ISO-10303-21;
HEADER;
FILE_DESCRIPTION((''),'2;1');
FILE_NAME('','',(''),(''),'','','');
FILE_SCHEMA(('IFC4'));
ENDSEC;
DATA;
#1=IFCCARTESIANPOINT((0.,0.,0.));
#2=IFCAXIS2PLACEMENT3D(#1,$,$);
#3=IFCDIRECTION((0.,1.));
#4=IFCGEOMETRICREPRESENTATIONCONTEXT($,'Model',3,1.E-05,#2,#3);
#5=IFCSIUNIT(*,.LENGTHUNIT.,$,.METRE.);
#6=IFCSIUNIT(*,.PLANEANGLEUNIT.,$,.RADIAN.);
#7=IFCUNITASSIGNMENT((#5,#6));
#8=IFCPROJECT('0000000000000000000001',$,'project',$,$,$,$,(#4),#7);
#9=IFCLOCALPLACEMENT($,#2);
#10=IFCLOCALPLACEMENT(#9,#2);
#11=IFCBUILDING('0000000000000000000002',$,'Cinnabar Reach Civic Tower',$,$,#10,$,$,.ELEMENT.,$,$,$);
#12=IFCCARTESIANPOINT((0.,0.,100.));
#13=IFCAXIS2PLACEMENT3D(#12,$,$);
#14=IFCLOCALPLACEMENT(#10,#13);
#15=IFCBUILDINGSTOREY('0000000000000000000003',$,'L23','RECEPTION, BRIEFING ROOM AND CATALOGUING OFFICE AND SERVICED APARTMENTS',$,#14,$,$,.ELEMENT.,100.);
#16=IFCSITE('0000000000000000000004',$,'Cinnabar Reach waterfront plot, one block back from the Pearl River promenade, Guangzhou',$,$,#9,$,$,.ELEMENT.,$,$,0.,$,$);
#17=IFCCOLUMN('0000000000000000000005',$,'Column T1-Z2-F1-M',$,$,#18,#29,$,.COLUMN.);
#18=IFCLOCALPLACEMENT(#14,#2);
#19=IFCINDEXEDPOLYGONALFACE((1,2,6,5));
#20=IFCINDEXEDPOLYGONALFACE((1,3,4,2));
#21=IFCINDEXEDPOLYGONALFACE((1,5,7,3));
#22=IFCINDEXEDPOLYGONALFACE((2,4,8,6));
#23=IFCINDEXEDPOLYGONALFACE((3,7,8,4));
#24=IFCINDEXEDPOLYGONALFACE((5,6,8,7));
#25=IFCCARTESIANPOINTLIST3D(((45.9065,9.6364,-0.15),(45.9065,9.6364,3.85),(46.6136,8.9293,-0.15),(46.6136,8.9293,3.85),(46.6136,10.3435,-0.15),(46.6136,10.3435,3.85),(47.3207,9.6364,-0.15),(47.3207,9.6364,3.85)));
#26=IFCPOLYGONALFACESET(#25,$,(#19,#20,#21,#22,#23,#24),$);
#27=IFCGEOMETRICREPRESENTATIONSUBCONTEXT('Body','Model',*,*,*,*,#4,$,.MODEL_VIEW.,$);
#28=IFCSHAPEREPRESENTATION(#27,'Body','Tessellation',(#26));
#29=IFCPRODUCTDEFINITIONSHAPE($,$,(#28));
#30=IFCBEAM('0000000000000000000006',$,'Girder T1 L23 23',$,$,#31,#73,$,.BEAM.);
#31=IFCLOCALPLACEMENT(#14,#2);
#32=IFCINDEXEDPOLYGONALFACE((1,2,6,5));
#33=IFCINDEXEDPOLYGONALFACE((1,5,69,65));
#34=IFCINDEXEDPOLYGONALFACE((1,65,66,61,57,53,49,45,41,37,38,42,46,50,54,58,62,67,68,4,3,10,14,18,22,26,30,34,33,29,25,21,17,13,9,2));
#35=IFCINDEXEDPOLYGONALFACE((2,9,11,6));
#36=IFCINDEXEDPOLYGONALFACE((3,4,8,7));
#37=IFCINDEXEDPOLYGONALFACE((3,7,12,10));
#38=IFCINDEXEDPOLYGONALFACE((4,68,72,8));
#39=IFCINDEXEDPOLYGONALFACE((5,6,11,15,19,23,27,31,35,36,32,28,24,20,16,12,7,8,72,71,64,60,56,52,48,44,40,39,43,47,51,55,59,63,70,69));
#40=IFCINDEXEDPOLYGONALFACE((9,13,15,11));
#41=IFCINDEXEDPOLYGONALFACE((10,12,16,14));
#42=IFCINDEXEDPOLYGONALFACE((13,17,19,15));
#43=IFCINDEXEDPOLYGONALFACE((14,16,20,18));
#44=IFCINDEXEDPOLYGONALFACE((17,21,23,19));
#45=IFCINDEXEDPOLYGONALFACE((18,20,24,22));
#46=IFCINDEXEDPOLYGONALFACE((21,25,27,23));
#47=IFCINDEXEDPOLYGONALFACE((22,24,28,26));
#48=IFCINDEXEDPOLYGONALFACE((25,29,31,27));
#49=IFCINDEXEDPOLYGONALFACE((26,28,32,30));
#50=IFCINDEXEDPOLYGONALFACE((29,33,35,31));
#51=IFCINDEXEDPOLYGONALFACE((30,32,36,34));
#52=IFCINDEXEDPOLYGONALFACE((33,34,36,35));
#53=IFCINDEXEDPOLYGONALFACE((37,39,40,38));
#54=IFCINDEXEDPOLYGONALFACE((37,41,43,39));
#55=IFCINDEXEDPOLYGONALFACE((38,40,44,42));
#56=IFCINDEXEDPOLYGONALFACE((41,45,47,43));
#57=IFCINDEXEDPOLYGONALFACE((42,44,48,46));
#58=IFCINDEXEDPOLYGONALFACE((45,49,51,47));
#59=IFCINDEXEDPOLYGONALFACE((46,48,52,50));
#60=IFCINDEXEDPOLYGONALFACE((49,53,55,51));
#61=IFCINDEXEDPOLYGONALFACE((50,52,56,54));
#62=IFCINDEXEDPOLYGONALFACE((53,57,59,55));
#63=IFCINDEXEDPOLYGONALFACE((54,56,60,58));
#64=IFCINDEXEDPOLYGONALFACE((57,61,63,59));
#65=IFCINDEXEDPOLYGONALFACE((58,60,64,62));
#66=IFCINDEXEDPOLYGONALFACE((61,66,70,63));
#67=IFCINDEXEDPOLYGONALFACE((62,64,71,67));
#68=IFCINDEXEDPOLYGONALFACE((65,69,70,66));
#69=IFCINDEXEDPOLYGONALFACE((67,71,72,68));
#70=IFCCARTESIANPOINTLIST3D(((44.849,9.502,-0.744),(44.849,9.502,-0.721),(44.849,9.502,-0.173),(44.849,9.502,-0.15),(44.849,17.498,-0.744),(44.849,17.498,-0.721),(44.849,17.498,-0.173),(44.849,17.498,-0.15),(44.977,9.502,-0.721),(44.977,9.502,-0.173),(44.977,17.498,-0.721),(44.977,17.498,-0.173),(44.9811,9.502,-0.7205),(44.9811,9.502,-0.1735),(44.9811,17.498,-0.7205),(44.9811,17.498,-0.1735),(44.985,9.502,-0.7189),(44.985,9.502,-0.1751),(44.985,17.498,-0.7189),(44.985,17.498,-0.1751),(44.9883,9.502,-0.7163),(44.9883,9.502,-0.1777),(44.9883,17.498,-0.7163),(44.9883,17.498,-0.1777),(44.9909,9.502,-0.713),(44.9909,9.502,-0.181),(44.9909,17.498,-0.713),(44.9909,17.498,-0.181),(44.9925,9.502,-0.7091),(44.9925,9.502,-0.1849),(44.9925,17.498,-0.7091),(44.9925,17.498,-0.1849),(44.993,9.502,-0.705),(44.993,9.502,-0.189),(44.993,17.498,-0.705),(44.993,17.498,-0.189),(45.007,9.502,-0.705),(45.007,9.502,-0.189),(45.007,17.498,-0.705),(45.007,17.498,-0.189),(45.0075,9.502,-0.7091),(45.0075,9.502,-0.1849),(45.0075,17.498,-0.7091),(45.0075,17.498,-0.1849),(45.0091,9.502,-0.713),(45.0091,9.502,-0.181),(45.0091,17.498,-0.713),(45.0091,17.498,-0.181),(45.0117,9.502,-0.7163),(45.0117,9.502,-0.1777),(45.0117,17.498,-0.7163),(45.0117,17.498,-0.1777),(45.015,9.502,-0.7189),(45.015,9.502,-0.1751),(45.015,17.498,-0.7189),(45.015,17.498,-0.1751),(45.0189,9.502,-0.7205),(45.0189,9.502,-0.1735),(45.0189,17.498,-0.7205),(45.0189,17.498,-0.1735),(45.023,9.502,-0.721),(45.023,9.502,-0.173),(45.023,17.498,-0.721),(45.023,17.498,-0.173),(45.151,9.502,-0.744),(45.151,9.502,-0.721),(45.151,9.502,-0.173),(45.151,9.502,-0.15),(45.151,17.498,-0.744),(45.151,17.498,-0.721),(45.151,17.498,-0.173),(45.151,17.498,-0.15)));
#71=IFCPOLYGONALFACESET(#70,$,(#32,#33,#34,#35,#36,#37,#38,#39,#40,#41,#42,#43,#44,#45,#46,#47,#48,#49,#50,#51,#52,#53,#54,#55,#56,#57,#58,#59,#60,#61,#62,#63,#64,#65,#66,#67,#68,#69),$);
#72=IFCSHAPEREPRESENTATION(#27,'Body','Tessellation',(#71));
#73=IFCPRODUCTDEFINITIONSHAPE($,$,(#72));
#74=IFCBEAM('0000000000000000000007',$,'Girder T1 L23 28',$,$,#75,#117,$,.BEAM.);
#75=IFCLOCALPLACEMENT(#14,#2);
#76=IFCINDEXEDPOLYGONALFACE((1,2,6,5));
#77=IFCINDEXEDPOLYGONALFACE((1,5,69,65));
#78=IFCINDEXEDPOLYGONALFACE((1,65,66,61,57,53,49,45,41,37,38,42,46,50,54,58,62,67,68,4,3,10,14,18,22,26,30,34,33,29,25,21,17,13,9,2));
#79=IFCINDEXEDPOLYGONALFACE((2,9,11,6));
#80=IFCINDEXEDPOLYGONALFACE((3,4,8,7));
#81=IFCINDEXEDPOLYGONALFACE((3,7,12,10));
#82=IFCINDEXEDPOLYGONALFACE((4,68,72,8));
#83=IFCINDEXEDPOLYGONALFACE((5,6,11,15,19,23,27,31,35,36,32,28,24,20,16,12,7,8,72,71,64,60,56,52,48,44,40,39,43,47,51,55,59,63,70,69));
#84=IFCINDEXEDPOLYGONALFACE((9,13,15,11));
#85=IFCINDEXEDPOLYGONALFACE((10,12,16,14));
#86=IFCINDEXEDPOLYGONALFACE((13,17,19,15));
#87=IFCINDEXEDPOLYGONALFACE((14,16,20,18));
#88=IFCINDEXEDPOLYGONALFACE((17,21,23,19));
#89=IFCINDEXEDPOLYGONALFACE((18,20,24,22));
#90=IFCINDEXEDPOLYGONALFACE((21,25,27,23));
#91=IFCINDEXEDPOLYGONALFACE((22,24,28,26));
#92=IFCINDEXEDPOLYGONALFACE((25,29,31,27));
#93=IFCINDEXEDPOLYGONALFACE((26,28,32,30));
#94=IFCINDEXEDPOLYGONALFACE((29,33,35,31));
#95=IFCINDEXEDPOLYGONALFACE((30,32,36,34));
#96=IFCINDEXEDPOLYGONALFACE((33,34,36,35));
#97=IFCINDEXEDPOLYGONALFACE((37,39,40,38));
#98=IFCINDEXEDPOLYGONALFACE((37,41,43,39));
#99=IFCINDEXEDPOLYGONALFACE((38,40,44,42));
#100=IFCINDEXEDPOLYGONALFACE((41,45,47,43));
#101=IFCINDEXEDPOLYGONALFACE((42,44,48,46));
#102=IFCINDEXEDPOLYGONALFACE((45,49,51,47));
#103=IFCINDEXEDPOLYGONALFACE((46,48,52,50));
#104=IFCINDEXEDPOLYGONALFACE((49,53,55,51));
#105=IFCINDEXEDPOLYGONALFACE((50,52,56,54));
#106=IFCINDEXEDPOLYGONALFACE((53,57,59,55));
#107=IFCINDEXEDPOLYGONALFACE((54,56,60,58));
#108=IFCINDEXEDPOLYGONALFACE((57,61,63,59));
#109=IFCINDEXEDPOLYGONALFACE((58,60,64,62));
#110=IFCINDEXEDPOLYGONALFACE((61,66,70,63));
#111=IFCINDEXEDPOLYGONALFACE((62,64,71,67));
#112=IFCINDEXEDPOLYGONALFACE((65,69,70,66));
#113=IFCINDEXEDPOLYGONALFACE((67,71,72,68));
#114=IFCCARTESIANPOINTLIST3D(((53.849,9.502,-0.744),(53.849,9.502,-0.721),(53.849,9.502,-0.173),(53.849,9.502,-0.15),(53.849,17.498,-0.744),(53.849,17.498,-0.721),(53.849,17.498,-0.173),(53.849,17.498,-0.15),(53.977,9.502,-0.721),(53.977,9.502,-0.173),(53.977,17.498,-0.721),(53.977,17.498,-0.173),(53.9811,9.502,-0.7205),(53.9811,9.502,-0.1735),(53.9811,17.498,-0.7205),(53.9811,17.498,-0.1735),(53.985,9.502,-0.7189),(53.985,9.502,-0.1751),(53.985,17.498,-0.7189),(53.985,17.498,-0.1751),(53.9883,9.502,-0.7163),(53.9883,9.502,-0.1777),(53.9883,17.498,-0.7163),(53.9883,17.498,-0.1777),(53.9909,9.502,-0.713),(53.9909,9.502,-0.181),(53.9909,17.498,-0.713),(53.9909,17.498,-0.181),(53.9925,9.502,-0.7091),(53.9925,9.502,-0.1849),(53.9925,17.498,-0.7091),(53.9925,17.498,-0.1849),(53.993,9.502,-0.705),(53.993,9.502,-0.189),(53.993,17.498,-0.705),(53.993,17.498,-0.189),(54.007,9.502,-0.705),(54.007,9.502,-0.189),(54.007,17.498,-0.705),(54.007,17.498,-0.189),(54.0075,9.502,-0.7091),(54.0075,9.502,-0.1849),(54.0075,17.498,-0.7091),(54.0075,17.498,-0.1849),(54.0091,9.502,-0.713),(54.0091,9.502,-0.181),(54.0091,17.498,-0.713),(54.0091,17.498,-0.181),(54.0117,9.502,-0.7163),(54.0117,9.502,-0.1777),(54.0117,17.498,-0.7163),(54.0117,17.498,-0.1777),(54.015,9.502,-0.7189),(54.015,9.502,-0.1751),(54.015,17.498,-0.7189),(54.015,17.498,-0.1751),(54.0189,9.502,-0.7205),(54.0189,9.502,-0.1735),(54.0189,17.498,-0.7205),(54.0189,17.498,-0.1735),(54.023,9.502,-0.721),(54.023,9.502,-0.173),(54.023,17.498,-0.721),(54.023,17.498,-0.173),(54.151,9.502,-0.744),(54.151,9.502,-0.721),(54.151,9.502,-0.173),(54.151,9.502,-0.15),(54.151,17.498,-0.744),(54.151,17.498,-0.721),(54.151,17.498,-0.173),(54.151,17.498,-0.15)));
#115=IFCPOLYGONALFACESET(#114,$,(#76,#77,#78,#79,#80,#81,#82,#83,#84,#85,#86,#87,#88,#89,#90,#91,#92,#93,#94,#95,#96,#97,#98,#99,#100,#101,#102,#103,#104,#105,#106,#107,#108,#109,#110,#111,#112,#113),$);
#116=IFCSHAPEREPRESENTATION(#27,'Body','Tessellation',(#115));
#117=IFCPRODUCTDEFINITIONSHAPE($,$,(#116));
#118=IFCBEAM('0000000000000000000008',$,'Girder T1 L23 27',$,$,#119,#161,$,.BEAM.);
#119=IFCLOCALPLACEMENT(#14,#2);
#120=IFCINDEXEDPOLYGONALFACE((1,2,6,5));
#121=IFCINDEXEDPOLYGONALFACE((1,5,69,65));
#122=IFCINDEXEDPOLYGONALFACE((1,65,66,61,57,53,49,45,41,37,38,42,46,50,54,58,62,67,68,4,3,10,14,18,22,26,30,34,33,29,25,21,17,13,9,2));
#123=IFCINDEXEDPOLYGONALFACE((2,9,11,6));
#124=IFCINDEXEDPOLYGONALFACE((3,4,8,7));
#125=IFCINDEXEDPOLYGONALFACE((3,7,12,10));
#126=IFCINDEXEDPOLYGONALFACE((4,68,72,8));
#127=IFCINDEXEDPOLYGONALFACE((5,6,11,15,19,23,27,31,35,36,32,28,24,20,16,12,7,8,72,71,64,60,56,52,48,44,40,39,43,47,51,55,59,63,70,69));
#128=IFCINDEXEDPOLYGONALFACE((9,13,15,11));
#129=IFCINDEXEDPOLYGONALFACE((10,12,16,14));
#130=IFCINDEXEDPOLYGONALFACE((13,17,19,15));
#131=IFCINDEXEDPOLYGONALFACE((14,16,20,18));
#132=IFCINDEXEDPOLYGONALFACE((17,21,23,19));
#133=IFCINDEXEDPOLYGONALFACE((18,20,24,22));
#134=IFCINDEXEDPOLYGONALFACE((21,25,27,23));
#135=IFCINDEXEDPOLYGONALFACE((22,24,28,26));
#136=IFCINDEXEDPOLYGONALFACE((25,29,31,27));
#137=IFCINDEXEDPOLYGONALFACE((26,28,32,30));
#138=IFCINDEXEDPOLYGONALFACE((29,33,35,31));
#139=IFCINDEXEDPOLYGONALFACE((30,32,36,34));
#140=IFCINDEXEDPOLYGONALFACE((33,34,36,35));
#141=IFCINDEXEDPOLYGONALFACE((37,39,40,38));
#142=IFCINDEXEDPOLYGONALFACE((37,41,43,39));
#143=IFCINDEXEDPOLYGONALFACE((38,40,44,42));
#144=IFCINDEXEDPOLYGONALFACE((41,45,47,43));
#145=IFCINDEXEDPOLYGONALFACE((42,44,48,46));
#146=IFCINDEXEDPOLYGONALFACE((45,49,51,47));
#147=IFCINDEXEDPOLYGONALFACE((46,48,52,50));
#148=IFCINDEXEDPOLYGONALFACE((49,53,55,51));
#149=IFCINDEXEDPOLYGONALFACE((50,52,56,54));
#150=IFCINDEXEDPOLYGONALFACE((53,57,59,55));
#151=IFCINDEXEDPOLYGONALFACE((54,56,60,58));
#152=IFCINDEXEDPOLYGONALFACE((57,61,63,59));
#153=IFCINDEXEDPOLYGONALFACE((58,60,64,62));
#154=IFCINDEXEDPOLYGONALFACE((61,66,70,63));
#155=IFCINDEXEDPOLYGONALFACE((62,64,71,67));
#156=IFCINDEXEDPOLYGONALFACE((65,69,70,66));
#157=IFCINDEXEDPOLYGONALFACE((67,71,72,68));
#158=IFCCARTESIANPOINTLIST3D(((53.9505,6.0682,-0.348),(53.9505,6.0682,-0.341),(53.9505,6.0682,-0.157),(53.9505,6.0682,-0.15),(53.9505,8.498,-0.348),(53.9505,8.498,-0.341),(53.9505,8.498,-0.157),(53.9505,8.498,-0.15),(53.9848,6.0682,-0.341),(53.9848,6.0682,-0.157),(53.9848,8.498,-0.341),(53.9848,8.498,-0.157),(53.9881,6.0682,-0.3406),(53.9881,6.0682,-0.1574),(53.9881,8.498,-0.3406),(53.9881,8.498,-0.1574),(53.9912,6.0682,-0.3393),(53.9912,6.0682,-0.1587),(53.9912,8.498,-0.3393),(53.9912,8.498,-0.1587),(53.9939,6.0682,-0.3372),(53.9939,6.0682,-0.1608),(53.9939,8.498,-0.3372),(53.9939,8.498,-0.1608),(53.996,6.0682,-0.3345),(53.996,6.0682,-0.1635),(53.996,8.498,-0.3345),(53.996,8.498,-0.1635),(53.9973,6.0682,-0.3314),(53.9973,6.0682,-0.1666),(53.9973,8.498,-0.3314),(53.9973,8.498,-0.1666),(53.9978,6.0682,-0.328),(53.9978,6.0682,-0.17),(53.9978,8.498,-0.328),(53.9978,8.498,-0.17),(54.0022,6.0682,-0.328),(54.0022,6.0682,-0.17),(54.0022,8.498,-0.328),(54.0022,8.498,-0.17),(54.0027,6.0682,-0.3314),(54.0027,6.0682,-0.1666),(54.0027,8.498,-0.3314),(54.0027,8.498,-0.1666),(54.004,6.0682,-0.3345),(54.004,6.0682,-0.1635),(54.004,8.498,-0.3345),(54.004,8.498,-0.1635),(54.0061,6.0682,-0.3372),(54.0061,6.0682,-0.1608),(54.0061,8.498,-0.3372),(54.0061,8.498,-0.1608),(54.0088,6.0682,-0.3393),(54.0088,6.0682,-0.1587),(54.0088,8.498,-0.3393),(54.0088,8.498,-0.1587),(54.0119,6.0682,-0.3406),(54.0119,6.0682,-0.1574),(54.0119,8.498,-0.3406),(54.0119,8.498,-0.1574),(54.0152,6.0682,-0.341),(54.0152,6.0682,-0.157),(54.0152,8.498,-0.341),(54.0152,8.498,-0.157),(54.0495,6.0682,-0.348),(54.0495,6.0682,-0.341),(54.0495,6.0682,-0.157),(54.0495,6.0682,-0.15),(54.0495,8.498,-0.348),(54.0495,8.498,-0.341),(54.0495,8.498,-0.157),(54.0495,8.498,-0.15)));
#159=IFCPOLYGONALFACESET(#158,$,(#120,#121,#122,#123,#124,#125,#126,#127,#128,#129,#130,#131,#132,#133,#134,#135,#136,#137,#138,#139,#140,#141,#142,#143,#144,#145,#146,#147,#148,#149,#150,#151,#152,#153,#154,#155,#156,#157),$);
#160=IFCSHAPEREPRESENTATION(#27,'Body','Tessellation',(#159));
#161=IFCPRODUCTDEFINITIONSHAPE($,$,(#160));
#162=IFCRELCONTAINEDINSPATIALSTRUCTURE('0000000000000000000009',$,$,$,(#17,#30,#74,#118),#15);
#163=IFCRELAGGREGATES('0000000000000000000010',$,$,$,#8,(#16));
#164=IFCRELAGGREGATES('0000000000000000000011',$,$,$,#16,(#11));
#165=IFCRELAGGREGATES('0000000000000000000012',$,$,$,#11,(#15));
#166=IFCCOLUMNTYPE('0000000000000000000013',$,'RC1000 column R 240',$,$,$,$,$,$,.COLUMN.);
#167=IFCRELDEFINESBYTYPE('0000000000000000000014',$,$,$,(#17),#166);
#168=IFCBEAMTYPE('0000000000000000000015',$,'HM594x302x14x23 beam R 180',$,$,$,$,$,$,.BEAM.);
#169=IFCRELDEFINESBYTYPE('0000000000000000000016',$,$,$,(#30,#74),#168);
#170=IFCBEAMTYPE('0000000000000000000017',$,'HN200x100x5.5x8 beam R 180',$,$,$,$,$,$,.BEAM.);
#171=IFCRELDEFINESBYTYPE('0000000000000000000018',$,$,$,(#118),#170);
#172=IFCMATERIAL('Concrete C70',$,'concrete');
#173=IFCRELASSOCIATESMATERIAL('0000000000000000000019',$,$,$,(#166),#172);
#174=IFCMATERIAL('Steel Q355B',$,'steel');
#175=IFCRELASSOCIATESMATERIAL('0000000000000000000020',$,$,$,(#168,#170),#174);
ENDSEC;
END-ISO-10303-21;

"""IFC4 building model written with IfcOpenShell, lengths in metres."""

from ifc_helpers import new_model, si_unit, direction, frame, origin, origin_2d, place, context, subcontext, project, spatial, rectangle, i_section, extrude, material, material_profile, profile_set, type_object, element, save


model = new_model("IFC4")

# Units and contexts
model_context = context("Model", 3, precision=1e-05, world=origin(), true_north=direction((0.0, 1.0)))
body_context = subcontext(model_context, "Body", "Model", "MODEL_VIEW")
ifc_project = project(units=[si_unit("LENGTHUNIT", "METRE"), si_unit("PLANEANGLEUNIT", "RADIAN")], contexts=[model_context])

# Site, building, storey
site_placement = place(None, origin())
site = spatial("IfcSite", under=ifc_project, at=site_placement, Name="Cinnabar Reach waterfront plot, one block back from the Pearl River promenade, Guangzhou", CompositionType="ELEMENT", RefElevation=0.0)
building_placement = place(site_placement, origin())
building = spatial("IfcBuilding", under=site, at=building_placement, Name="Cinnabar Reach Civic Tower", CompositionType="ELEMENT")
storey_placement = place(building_placement, frame((0.0, 0.0, 100.0)))
storey = spatial("IfcBuildingStorey", under=building, at=storey_placement, Name="L23", Description="RECEPTION, BRIEFING ROOM AND CATALOGUING OFFICE AND SERVICED APARTMENTS", CompositionType="ELEMENT", Elevation=100.0)

# Column
ifc_material_1 = material(Name="Concrete C70", Category="concrete")
ifc_material_profile_1 = material_profile(ifc_material_1, rectangle(XDim=1.0, YDim=1.0, at=origin_2d()), Name="RC1000")
ifc_profile_set_1 = profile_set([ifc_material_profile_1], Name="Concrete C70")
column_type = type_object("IfcColumnType", Name="RC1000 column R 240", PredefinedType="COLUMN", material=ifc_profile_set_1)
column_placement = place(storey_placement, frame((46.6136, 9.6364, -0.15), z_axis=(0.0, 0.0, 1.0), x_axis=(0.707107, 0.707107, 0.0)))
element("IfcColumn", 1, at=column_placement, inside=storey, type_object=column_type, Name="Column T1-Z2-F1-M", PredefinedType="COLUMN", context=body_context, shape_type="SweptSolid", body=[
    extrude(rectangle(XDim=1.0, YDim=1.0, at=origin_2d()), origin(), (0.0, 0.0, 1.0), 4.0),
])

# Beams
ifc_material_2 = material(Name="Steel Q355B", Category="steel")
ifc_material_profile_2 = material_profile(ifc_material_2, i_section(OverallWidth=0.302, OverallDepth=0.594, WebThickness=0.014, FlangeThickness=0.023, FilletRadius=0.016, at=origin_2d()), Name="HM594x302x14x23")
ifc_profile_set_2 = profile_set([ifc_material_profile_2], Name="Steel Q355B")
beam_type_1 = type_object("IfcBeamType", Name="HM594x302x14x23 beam R 180", PredefinedType="BEAM", material=ifc_profile_set_2)
for number, where, z_axis, x_axis, name in (
    (2, (45.0, 9.502, -0.447), (0.0, 1.0, 0.0), (-1.0, 0.0, 0.0), "Girder T1 L23 23"),
    (3, (54.0, 9.502, -0.447), (0.0, 1.0, 0.0), (-1.0, 0.0, 0.0), "Girder T1 L23 28"),
):
    element("IfcBeam", number, at=place(storey_placement, frame(where, z_axis=z_axis, x_axis=x_axis)), inside=storey, type_object=beam_type_1, Name=name, PredefinedType="BEAM", context=body_context, shape_type="SweptSolid", body=[
        extrude(i_section(OverallWidth=0.302, OverallDepth=0.594, WebThickness=0.014, FlangeThickness=0.023, FilletRadius=0.016, at=origin_2d()), origin(), (0.0, 0.0, 1.0), 7.996),
    ])
ifc_material_profile_3 = material_profile(ifc_material_2, i_section(OverallWidth=0.099, OverallDepth=0.198, WebThickness=0.0045, FlangeThickness=0.007, FilletRadius=0.013, at=origin_2d()), Name="HN200x100x5.5x8")
ifc_profile_set_3 = profile_set([ifc_material_profile_3], Name="Steel Q355B")
beam_type_2 = type_object("IfcBeamType", Name="HN200x100x5.5x8 beam R 180", PredefinedType="BEAM", material=ifc_profile_set_3)
beam_1_placement = place(storey_placement, frame((54.0, 6.0682, -0.249), z_axis=(0.0, 1.0, 0.0), x_axis=(-1.0, 0.0, 0.0)))
element("IfcBeam", 4, at=beam_1_placement, inside=storey, type_object=beam_type_2, Name="Girder T1 L23 27", PredefinedType="BEAM", context=body_context, shape_type="SweptSolid", body=[
    extrude(i_section(OverallWidth=0.099, OverallDepth=0.198, WebThickness=0.0045, FlangeThickness=0.007, FilletRadius=0.013, at=origin_2d()), origin(), (0.0, 0.0, 1.0), 2.4298),
])

save(model, "model.ifc")
